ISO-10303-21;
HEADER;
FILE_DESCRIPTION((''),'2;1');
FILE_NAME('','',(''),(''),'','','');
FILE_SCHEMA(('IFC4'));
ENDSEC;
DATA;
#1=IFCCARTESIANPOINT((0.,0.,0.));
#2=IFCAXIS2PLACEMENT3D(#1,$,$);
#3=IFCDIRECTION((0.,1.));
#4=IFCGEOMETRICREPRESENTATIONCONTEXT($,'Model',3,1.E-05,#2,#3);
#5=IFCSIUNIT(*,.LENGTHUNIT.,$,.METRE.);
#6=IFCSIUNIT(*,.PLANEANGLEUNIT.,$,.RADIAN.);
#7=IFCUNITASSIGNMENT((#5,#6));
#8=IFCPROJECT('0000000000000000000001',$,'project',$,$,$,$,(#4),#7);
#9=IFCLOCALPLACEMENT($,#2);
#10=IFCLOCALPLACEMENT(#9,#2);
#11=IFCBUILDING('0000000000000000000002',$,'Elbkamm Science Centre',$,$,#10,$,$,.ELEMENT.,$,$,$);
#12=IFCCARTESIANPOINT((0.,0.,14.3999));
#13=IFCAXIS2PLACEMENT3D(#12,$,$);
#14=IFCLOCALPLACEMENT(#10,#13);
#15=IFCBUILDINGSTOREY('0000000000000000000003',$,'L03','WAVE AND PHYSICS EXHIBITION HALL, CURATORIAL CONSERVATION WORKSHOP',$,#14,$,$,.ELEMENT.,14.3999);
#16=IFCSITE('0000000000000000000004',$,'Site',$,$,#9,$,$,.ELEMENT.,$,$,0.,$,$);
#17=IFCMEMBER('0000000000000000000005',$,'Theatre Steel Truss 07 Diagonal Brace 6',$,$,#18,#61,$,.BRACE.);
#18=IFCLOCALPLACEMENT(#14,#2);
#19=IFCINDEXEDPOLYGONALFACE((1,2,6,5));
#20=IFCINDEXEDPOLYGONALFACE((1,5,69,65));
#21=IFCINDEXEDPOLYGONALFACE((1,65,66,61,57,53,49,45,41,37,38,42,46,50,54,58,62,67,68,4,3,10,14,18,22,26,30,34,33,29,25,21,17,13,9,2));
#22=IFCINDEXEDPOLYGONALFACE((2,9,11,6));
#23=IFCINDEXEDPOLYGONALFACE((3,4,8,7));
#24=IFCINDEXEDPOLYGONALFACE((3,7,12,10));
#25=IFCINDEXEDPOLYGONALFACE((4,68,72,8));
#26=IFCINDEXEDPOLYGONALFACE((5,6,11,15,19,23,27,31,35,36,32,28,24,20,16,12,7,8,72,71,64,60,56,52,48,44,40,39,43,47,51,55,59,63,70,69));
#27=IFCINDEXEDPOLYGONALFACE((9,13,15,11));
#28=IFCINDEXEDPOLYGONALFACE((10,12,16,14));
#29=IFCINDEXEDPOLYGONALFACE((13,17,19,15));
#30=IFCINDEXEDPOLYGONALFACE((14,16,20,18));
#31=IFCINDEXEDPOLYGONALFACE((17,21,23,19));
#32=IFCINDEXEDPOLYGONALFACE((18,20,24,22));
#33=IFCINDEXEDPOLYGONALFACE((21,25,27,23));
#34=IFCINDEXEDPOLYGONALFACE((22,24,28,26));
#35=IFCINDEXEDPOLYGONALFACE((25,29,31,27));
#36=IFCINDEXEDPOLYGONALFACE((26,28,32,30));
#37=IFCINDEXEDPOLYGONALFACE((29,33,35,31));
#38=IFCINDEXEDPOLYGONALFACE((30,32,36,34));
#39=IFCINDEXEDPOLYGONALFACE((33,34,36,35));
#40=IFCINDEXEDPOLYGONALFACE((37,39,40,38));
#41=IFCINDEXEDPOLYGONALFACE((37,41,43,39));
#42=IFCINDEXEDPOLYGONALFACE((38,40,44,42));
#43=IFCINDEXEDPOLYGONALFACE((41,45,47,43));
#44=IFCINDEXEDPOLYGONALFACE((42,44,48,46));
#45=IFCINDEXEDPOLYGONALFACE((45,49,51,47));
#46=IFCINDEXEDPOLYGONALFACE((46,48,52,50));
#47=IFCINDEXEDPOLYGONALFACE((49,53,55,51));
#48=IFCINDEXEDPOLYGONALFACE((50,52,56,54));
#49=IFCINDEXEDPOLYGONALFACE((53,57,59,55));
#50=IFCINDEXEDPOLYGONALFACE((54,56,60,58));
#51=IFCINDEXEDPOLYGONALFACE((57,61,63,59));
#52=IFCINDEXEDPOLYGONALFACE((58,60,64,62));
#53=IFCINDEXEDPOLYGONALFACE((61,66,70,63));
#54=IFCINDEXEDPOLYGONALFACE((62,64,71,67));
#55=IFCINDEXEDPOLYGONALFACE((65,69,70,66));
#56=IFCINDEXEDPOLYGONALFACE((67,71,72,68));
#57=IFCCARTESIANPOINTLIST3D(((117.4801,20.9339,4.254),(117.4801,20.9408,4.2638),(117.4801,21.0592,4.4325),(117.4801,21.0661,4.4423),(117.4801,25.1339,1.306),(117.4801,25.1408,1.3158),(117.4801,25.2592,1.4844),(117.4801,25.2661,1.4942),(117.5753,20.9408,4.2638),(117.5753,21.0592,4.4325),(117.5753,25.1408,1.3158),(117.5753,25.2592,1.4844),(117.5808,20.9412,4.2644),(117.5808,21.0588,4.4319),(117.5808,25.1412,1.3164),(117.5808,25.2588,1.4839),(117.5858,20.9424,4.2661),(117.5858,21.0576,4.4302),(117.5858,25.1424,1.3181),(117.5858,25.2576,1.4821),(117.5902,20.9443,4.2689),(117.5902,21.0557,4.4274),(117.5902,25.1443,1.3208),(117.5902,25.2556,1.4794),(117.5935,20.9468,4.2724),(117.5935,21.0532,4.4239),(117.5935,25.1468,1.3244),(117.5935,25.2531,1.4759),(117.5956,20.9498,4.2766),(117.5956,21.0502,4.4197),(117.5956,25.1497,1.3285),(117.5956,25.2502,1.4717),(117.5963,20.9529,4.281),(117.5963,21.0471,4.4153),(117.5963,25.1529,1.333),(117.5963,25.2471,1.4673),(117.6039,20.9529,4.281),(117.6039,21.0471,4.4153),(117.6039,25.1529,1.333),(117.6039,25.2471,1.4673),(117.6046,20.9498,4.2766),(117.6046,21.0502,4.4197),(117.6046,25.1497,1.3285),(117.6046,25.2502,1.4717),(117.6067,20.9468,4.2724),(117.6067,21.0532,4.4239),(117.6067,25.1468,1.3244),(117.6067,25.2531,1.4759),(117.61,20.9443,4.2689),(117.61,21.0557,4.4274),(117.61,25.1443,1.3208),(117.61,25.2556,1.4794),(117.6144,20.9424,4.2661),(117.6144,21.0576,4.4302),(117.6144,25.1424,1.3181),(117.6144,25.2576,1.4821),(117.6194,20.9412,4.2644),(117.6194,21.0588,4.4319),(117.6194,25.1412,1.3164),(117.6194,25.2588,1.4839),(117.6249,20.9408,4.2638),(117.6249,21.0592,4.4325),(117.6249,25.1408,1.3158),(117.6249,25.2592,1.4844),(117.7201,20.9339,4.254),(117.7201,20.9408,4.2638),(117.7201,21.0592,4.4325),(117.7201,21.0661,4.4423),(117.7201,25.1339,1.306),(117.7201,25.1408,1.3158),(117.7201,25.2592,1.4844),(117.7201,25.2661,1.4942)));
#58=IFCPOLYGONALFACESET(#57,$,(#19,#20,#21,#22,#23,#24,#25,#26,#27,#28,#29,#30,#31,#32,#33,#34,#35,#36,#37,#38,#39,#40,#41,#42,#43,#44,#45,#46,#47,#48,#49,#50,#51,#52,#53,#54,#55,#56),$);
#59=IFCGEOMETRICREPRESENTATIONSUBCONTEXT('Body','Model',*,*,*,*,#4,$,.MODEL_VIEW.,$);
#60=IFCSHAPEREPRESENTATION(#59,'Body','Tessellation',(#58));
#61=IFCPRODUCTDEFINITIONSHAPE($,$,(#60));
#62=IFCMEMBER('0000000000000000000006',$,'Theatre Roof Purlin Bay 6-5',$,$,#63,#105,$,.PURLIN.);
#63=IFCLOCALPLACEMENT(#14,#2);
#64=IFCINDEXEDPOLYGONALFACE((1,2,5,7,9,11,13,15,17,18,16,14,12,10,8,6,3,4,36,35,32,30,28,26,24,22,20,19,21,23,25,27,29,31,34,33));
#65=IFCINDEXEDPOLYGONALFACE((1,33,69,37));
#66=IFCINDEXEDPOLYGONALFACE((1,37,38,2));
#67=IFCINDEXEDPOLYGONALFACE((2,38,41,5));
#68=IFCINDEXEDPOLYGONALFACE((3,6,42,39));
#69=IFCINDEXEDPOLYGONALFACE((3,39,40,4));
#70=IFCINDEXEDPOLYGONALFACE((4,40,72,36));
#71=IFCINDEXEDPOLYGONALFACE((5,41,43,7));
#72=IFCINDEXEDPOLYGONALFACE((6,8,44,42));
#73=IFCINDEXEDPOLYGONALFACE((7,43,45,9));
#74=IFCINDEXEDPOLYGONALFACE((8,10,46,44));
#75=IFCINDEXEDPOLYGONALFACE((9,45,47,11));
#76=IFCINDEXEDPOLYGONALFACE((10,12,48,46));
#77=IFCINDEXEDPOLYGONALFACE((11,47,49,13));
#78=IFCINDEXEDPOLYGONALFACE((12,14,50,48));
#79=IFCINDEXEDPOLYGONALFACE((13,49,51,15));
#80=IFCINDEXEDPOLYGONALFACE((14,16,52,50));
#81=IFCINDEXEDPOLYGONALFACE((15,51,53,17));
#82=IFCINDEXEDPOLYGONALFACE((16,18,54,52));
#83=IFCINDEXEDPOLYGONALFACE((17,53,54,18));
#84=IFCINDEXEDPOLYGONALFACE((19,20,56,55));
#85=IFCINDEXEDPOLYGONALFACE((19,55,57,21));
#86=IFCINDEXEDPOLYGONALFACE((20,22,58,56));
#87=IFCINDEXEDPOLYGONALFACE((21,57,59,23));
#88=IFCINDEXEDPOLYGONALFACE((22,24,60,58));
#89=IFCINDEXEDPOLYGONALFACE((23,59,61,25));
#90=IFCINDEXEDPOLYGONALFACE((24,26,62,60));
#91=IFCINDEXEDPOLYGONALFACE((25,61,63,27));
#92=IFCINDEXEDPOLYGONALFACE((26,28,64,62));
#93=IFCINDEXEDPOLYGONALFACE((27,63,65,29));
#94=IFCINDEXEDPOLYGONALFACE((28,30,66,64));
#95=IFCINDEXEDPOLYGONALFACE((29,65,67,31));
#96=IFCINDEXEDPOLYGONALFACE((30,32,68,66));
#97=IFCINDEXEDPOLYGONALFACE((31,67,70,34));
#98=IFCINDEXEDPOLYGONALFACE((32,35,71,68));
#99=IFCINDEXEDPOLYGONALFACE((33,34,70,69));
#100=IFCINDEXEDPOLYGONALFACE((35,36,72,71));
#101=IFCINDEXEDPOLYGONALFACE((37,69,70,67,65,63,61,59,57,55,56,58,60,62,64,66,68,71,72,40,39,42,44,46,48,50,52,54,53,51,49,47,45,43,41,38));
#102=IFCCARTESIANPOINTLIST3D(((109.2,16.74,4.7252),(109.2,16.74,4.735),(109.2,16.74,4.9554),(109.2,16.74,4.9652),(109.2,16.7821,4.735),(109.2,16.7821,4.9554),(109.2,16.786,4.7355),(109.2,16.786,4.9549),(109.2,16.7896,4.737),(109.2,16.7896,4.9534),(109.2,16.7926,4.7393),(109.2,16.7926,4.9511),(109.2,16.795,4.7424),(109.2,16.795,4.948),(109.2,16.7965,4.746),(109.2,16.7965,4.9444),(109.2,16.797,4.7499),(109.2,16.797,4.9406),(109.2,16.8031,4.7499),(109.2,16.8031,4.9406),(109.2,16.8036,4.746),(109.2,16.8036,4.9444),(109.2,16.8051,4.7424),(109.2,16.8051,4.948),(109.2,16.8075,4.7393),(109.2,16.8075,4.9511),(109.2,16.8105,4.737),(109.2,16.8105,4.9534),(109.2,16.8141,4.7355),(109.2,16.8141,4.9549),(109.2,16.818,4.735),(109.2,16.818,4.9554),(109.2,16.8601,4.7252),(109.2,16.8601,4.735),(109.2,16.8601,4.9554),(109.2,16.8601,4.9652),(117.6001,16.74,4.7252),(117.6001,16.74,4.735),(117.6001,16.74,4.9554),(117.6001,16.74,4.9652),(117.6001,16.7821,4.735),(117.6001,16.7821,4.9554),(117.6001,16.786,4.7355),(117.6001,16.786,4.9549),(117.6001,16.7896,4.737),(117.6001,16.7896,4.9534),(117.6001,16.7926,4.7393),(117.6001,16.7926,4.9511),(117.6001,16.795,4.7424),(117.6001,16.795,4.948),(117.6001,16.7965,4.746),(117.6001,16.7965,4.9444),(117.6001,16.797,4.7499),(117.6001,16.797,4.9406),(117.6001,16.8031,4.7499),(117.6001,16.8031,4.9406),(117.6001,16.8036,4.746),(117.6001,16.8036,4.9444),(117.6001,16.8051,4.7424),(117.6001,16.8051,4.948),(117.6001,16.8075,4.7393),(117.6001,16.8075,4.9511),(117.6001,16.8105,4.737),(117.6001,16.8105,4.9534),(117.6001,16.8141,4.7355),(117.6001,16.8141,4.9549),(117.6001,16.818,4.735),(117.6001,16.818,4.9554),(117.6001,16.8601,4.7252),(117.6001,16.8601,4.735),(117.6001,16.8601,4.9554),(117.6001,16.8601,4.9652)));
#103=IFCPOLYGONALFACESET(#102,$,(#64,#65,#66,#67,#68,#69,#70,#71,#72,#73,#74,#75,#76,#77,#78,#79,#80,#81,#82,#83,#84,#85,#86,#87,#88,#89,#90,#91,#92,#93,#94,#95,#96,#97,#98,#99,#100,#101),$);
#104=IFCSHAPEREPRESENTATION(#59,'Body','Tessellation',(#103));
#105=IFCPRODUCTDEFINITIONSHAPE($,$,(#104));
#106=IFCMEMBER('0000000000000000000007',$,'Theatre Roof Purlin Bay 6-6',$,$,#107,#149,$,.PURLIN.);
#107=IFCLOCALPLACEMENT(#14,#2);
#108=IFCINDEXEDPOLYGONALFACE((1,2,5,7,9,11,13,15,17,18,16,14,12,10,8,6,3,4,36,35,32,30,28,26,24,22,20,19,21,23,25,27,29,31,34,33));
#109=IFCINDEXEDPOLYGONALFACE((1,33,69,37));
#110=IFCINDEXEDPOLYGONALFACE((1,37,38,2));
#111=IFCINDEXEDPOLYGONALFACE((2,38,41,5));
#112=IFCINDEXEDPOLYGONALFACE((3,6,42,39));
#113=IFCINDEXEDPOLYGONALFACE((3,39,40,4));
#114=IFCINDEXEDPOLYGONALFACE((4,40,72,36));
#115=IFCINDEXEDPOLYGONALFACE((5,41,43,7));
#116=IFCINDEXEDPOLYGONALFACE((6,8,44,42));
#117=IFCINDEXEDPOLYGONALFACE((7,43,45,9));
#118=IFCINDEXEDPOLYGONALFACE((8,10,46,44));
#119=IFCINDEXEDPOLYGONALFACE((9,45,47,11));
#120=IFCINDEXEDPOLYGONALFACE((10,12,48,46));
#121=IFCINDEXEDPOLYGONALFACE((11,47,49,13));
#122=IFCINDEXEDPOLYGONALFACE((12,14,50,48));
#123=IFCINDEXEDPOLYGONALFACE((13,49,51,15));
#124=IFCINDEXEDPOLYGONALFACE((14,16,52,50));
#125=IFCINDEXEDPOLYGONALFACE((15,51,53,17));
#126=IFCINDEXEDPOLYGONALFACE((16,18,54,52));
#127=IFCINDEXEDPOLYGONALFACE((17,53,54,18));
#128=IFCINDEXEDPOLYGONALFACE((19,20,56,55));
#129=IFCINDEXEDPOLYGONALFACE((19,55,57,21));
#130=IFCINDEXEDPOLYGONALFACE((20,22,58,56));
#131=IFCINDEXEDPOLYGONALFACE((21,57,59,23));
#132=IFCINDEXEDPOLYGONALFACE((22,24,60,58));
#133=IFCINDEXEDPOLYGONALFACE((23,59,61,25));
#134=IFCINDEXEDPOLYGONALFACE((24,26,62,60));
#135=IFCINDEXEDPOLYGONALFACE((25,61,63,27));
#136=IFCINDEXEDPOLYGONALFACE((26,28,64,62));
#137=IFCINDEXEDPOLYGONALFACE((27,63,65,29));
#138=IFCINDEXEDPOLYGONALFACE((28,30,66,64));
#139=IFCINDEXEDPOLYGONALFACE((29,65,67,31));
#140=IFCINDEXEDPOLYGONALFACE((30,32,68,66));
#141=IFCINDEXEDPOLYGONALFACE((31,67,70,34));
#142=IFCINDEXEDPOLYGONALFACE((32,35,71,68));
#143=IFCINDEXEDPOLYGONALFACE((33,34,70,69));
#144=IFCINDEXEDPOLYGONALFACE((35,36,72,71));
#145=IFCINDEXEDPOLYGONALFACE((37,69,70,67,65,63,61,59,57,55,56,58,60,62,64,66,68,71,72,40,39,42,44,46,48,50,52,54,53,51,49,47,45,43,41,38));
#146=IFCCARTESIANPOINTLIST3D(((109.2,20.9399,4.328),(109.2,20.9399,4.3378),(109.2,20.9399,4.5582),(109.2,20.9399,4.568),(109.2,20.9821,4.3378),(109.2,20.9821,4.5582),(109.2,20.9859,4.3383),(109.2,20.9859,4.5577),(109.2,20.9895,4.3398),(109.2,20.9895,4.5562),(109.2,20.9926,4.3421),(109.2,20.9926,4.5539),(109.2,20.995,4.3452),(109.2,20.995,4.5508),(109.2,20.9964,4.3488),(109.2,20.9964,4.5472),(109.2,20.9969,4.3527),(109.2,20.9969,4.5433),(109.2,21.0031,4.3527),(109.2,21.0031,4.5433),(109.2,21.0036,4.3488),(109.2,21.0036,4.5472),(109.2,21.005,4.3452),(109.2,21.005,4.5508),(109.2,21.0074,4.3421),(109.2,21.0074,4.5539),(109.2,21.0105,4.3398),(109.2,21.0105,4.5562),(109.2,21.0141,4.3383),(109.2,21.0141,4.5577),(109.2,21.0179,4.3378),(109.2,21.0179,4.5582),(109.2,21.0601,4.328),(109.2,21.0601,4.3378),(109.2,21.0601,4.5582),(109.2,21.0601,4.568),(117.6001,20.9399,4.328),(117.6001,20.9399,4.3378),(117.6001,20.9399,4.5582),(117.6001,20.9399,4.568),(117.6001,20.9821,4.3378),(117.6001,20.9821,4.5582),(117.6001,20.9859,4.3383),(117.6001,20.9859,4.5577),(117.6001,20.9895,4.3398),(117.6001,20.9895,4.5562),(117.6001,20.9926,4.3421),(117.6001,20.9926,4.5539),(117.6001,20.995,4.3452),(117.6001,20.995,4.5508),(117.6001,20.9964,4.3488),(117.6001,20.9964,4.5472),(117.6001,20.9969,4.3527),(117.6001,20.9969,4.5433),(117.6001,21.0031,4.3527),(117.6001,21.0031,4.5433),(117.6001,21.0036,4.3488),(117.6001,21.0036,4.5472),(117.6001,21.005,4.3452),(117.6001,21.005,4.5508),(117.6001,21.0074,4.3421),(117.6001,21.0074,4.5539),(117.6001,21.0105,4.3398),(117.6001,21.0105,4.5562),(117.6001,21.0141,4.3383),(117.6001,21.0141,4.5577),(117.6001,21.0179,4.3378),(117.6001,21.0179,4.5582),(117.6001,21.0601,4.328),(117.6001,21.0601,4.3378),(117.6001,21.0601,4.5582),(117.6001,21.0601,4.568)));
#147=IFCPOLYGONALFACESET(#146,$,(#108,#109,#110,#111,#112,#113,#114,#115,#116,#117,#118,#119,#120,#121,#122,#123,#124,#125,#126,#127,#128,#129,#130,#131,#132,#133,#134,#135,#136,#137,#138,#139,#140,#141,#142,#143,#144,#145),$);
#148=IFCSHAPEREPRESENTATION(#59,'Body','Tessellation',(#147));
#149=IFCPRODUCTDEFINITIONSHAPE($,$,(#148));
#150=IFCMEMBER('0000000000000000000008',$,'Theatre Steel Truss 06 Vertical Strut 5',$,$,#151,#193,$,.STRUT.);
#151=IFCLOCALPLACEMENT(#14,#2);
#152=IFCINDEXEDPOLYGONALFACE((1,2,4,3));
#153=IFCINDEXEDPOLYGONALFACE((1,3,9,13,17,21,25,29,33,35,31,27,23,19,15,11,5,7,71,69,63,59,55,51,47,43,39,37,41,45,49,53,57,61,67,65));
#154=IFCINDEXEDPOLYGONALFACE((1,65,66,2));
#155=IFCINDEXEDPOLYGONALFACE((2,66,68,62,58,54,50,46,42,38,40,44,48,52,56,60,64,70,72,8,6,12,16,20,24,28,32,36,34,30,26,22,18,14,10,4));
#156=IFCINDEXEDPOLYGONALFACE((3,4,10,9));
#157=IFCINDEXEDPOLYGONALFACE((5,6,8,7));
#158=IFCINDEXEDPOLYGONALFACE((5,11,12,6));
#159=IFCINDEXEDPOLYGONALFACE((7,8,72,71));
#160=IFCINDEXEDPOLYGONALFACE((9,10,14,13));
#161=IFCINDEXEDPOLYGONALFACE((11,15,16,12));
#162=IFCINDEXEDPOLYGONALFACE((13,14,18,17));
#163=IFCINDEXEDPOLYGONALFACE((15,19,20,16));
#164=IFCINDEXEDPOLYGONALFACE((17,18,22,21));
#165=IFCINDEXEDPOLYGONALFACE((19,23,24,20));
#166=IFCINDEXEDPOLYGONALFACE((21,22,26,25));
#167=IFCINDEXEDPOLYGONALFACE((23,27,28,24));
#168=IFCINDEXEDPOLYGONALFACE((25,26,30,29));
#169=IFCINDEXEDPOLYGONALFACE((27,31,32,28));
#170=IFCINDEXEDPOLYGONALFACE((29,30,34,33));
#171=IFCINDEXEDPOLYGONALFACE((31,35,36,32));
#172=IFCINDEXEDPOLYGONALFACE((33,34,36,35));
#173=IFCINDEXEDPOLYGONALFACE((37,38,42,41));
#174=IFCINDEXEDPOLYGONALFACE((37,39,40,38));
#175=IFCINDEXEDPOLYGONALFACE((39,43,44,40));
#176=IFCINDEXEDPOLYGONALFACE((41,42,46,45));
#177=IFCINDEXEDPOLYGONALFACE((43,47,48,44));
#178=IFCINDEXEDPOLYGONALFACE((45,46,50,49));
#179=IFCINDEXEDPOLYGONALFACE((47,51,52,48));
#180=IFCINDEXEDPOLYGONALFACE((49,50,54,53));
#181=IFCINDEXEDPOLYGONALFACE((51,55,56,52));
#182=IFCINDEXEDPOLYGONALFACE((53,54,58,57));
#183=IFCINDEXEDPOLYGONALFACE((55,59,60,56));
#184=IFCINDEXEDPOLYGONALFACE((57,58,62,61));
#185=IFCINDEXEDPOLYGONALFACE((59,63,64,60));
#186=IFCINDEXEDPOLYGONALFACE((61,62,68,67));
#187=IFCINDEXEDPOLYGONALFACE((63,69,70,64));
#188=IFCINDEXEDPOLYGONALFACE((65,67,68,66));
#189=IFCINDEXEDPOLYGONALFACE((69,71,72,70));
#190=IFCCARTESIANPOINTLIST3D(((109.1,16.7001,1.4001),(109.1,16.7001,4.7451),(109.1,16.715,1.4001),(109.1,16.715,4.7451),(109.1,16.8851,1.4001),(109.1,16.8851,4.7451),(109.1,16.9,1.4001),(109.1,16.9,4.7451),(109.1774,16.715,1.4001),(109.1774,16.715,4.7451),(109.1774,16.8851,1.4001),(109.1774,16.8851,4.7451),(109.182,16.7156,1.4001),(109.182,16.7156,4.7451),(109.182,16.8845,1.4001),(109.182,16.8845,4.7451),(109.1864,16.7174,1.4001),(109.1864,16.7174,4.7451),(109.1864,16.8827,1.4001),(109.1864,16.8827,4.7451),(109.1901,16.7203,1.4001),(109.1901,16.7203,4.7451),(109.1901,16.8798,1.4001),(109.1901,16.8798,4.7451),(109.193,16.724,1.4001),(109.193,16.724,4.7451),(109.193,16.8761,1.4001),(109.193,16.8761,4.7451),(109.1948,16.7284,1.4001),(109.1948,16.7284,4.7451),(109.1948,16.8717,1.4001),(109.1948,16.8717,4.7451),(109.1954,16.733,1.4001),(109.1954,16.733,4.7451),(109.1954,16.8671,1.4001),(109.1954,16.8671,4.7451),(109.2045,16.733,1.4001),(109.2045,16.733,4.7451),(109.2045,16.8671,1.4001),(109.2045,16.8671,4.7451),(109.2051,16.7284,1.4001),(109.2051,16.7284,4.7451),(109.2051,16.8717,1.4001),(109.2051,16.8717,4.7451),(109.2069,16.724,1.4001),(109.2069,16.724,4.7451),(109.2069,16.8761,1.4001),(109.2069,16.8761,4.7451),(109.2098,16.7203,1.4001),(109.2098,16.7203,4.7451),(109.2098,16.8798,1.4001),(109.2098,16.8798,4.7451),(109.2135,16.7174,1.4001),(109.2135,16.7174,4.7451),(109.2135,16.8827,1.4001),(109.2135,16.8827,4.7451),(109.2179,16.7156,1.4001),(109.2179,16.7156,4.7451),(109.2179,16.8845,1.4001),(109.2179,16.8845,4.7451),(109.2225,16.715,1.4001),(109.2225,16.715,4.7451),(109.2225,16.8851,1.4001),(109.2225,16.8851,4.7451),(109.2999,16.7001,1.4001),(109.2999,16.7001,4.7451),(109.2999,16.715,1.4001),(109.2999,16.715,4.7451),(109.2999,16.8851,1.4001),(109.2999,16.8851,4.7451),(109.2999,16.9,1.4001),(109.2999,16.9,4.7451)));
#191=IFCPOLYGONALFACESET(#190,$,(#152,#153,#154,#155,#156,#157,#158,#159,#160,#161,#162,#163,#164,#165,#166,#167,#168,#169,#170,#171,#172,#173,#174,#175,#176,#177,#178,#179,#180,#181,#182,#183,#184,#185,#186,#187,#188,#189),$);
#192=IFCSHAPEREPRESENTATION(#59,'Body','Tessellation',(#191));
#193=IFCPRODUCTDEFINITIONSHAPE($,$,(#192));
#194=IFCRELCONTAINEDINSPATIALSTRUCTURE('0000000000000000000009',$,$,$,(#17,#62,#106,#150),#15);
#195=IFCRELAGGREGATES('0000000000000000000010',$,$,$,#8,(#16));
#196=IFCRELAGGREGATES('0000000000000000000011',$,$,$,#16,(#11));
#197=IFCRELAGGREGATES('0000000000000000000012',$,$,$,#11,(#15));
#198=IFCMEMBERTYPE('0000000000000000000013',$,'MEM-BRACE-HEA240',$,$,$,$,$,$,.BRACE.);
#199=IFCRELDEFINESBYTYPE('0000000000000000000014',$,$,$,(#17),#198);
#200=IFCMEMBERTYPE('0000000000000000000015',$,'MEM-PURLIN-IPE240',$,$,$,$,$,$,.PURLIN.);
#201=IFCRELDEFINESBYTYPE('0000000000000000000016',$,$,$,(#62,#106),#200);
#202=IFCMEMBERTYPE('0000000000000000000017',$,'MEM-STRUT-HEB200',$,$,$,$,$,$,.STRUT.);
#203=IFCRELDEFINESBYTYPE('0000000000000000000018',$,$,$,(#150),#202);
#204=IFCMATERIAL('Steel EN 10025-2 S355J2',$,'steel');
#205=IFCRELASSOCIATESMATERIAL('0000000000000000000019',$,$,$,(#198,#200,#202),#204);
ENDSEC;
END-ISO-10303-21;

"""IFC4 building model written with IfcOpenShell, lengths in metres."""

from ifc_helpers import new_model, si_unit, direction, frame, origin, origin_2d, place, context, subcontext, project, spatial, i_section, extrude, material, material_profile, profile_set, type_object, element, save


model = new_model("IFC4")

# Units and contexts
model_context = context("Model", 3, precision=1e-05, world=origin(), true_north=direction((0.0, 1.0)))
body_context = subcontext(model_context, "Body", "Model", "MODEL_VIEW")
ifc_project = project(units=[si_unit("LENGTHUNIT", "METRE"), si_unit("PLANEANGLEUNIT", "RADIAN")], contexts=[model_context])

# Site, building, storey
site_placement = place(None, origin())
site = spatial("IfcSite", under=ifc_project, at=site_placement, Name="Site", CompositionType="ELEMENT", RefElevation=0.0)
building_placement = place(site_placement, origin())
building = spatial("IfcBuilding", under=site, at=building_placement, Name="Elbkamm Science Centre", CompositionType="ELEMENT")
storey_placement = place(building_placement, frame((0.0, 0.0, 14.3999)))
storey = spatial("IfcBuildingStorey", under=building, at=storey_placement, Name="L03", Description="WAVE AND PHYSICS EXHIBITION HALL, CURATORIAL CONSERVATION WORKSHOP", CompositionType="ELEMENT", Elevation=14.3999)

# Shared definitions
ifc_material_1 = material(Name="Steel EN 10025-2 S355J2", Category="steel")

# Members
ifc_material_profile_1 = material_profile(ifc_material_1, i_section(OverallWidth=0.24, OverallDepth=0.23, WebThickness=0.0076, FlangeThickness=0.012, FilletRadius=0.021, at=origin_2d()), Name="HEA 240")
ifc_profile_set_1 = profile_set([ifc_material_profile_1], Name="Steel EN 10025-2 S355J2")
member_type_1 = type_object("IfcMemberType", Name="MEM-BRACE-HEA240", PredefinedType="BRACE", material=ifc_profile_set_1)
member_1_placement = place(storey_placement, frame((117.6001, 21.0, 4.3481), z_axis=(0.0, 0.818496, -0.574512), x_axis=(-1.0, 0.0, 0.0)))
element("IfcMember", 1, at=member_1_placement, inside=storey, type_object=member_type_1, Name="Theatre Steel Truss 07 Diagonal Brace 6", PredefinedType="BRACE", context=body_context, shape_type="SweptSolid", body=[
    extrude(i_section(OverallWidth=0.24, OverallDepth=0.23, WebThickness=0.0076, FlangeThickness=0.012, FilletRadius=0.021, at=origin_2d()), origin(), (0.0, 0.0, 1.0), 5.1313),
])
ifc_material_profile_2 = material_profile(ifc_material_1, i_section(OverallWidth=0.1201, OverallDepth=0.24, WebThickness=0.0061, FlangeThickness=0.0098, FilletRadius=0.0149, at=origin_2d()), Name="IPE 240")
ifc_profile_set_2 = profile_set([ifc_material_profile_2], Name="Steel EN 10025-2 S355J2")
member_type_2 = type_object("IfcMemberType", Name="MEM-PURLIN-IPE240", PredefinedType="PURLIN", material=ifc_profile_set_2)
for number, where, z_axis, x_axis, name in (
    (2, (109.2, 16.8, 4.8452), (1.0, 0.0, 0.0), (0.0, 1.0, 0.0), "Theatre Roof Purlin Bay 6-5"),
    (3, (109.2, 21.0, 4.448), (1.0, 0.0, 0.0), (0.0, 1.0, 0.0), "Theatre Roof Purlin Bay 6-6"),
):
    element("IfcMember", number, at=place(storey_placement, frame(where, z_axis=z_axis, x_axis=x_axis)), inside=storey, type_object=member_type_2, Name=name, PredefinedType="PURLIN", context=body_context, shape_type="SweptSolid", body=[
        extrude(i_section(OverallWidth=0.1201, OverallDepth=0.24, WebThickness=0.0061, FlangeThickness=0.0098, FilletRadius=0.0149, at=origin_2d()), origin(), (0.0, 0.0, 1.0), 8.4001),
    ])
ifc_material_profile_3 = material_profile(ifc_material_1, i_section(OverallWidth=0.2, OverallDepth=0.2, WebThickness=0.009, FlangeThickness=0.0149, FilletRadius=0.0181, at=origin_2d()), Name="HEB 200")
ifc_profile_set_3 = profile_set([ifc_material_profile_3], Name="Steel EN 10025-2 S355J2")
member_type_3 = type_object("IfcMemberType", Name="MEM-STRUT-HEB200", PredefinedType="STRUT", material=ifc_profile_set_3)
member_2_placement = place(storey_placement, frame((109.2, 16.8, 1.4001), z_axis=(0.0, 0.0, 1.0), x_axis=(1.0, 0.0, 0.0)))
element("IfcMember", 4, at=member_2_placement, inside=storey, type_object=member_type_3, Name="Theatre Steel Truss 06 Vertical Strut 5", PredefinedType="STRUT", context=body_context, shape_type="SweptSolid", body=[
    extrude(i_section(OverallWidth=0.2, OverallDepth=0.2, WebThickness=0.009, FlangeThickness=0.0149, FilletRadius=0.0181, at=origin_2d()), origin(), (0.0, 0.0, 1.0), 3.345),
])

save(model, "model.ifc")
